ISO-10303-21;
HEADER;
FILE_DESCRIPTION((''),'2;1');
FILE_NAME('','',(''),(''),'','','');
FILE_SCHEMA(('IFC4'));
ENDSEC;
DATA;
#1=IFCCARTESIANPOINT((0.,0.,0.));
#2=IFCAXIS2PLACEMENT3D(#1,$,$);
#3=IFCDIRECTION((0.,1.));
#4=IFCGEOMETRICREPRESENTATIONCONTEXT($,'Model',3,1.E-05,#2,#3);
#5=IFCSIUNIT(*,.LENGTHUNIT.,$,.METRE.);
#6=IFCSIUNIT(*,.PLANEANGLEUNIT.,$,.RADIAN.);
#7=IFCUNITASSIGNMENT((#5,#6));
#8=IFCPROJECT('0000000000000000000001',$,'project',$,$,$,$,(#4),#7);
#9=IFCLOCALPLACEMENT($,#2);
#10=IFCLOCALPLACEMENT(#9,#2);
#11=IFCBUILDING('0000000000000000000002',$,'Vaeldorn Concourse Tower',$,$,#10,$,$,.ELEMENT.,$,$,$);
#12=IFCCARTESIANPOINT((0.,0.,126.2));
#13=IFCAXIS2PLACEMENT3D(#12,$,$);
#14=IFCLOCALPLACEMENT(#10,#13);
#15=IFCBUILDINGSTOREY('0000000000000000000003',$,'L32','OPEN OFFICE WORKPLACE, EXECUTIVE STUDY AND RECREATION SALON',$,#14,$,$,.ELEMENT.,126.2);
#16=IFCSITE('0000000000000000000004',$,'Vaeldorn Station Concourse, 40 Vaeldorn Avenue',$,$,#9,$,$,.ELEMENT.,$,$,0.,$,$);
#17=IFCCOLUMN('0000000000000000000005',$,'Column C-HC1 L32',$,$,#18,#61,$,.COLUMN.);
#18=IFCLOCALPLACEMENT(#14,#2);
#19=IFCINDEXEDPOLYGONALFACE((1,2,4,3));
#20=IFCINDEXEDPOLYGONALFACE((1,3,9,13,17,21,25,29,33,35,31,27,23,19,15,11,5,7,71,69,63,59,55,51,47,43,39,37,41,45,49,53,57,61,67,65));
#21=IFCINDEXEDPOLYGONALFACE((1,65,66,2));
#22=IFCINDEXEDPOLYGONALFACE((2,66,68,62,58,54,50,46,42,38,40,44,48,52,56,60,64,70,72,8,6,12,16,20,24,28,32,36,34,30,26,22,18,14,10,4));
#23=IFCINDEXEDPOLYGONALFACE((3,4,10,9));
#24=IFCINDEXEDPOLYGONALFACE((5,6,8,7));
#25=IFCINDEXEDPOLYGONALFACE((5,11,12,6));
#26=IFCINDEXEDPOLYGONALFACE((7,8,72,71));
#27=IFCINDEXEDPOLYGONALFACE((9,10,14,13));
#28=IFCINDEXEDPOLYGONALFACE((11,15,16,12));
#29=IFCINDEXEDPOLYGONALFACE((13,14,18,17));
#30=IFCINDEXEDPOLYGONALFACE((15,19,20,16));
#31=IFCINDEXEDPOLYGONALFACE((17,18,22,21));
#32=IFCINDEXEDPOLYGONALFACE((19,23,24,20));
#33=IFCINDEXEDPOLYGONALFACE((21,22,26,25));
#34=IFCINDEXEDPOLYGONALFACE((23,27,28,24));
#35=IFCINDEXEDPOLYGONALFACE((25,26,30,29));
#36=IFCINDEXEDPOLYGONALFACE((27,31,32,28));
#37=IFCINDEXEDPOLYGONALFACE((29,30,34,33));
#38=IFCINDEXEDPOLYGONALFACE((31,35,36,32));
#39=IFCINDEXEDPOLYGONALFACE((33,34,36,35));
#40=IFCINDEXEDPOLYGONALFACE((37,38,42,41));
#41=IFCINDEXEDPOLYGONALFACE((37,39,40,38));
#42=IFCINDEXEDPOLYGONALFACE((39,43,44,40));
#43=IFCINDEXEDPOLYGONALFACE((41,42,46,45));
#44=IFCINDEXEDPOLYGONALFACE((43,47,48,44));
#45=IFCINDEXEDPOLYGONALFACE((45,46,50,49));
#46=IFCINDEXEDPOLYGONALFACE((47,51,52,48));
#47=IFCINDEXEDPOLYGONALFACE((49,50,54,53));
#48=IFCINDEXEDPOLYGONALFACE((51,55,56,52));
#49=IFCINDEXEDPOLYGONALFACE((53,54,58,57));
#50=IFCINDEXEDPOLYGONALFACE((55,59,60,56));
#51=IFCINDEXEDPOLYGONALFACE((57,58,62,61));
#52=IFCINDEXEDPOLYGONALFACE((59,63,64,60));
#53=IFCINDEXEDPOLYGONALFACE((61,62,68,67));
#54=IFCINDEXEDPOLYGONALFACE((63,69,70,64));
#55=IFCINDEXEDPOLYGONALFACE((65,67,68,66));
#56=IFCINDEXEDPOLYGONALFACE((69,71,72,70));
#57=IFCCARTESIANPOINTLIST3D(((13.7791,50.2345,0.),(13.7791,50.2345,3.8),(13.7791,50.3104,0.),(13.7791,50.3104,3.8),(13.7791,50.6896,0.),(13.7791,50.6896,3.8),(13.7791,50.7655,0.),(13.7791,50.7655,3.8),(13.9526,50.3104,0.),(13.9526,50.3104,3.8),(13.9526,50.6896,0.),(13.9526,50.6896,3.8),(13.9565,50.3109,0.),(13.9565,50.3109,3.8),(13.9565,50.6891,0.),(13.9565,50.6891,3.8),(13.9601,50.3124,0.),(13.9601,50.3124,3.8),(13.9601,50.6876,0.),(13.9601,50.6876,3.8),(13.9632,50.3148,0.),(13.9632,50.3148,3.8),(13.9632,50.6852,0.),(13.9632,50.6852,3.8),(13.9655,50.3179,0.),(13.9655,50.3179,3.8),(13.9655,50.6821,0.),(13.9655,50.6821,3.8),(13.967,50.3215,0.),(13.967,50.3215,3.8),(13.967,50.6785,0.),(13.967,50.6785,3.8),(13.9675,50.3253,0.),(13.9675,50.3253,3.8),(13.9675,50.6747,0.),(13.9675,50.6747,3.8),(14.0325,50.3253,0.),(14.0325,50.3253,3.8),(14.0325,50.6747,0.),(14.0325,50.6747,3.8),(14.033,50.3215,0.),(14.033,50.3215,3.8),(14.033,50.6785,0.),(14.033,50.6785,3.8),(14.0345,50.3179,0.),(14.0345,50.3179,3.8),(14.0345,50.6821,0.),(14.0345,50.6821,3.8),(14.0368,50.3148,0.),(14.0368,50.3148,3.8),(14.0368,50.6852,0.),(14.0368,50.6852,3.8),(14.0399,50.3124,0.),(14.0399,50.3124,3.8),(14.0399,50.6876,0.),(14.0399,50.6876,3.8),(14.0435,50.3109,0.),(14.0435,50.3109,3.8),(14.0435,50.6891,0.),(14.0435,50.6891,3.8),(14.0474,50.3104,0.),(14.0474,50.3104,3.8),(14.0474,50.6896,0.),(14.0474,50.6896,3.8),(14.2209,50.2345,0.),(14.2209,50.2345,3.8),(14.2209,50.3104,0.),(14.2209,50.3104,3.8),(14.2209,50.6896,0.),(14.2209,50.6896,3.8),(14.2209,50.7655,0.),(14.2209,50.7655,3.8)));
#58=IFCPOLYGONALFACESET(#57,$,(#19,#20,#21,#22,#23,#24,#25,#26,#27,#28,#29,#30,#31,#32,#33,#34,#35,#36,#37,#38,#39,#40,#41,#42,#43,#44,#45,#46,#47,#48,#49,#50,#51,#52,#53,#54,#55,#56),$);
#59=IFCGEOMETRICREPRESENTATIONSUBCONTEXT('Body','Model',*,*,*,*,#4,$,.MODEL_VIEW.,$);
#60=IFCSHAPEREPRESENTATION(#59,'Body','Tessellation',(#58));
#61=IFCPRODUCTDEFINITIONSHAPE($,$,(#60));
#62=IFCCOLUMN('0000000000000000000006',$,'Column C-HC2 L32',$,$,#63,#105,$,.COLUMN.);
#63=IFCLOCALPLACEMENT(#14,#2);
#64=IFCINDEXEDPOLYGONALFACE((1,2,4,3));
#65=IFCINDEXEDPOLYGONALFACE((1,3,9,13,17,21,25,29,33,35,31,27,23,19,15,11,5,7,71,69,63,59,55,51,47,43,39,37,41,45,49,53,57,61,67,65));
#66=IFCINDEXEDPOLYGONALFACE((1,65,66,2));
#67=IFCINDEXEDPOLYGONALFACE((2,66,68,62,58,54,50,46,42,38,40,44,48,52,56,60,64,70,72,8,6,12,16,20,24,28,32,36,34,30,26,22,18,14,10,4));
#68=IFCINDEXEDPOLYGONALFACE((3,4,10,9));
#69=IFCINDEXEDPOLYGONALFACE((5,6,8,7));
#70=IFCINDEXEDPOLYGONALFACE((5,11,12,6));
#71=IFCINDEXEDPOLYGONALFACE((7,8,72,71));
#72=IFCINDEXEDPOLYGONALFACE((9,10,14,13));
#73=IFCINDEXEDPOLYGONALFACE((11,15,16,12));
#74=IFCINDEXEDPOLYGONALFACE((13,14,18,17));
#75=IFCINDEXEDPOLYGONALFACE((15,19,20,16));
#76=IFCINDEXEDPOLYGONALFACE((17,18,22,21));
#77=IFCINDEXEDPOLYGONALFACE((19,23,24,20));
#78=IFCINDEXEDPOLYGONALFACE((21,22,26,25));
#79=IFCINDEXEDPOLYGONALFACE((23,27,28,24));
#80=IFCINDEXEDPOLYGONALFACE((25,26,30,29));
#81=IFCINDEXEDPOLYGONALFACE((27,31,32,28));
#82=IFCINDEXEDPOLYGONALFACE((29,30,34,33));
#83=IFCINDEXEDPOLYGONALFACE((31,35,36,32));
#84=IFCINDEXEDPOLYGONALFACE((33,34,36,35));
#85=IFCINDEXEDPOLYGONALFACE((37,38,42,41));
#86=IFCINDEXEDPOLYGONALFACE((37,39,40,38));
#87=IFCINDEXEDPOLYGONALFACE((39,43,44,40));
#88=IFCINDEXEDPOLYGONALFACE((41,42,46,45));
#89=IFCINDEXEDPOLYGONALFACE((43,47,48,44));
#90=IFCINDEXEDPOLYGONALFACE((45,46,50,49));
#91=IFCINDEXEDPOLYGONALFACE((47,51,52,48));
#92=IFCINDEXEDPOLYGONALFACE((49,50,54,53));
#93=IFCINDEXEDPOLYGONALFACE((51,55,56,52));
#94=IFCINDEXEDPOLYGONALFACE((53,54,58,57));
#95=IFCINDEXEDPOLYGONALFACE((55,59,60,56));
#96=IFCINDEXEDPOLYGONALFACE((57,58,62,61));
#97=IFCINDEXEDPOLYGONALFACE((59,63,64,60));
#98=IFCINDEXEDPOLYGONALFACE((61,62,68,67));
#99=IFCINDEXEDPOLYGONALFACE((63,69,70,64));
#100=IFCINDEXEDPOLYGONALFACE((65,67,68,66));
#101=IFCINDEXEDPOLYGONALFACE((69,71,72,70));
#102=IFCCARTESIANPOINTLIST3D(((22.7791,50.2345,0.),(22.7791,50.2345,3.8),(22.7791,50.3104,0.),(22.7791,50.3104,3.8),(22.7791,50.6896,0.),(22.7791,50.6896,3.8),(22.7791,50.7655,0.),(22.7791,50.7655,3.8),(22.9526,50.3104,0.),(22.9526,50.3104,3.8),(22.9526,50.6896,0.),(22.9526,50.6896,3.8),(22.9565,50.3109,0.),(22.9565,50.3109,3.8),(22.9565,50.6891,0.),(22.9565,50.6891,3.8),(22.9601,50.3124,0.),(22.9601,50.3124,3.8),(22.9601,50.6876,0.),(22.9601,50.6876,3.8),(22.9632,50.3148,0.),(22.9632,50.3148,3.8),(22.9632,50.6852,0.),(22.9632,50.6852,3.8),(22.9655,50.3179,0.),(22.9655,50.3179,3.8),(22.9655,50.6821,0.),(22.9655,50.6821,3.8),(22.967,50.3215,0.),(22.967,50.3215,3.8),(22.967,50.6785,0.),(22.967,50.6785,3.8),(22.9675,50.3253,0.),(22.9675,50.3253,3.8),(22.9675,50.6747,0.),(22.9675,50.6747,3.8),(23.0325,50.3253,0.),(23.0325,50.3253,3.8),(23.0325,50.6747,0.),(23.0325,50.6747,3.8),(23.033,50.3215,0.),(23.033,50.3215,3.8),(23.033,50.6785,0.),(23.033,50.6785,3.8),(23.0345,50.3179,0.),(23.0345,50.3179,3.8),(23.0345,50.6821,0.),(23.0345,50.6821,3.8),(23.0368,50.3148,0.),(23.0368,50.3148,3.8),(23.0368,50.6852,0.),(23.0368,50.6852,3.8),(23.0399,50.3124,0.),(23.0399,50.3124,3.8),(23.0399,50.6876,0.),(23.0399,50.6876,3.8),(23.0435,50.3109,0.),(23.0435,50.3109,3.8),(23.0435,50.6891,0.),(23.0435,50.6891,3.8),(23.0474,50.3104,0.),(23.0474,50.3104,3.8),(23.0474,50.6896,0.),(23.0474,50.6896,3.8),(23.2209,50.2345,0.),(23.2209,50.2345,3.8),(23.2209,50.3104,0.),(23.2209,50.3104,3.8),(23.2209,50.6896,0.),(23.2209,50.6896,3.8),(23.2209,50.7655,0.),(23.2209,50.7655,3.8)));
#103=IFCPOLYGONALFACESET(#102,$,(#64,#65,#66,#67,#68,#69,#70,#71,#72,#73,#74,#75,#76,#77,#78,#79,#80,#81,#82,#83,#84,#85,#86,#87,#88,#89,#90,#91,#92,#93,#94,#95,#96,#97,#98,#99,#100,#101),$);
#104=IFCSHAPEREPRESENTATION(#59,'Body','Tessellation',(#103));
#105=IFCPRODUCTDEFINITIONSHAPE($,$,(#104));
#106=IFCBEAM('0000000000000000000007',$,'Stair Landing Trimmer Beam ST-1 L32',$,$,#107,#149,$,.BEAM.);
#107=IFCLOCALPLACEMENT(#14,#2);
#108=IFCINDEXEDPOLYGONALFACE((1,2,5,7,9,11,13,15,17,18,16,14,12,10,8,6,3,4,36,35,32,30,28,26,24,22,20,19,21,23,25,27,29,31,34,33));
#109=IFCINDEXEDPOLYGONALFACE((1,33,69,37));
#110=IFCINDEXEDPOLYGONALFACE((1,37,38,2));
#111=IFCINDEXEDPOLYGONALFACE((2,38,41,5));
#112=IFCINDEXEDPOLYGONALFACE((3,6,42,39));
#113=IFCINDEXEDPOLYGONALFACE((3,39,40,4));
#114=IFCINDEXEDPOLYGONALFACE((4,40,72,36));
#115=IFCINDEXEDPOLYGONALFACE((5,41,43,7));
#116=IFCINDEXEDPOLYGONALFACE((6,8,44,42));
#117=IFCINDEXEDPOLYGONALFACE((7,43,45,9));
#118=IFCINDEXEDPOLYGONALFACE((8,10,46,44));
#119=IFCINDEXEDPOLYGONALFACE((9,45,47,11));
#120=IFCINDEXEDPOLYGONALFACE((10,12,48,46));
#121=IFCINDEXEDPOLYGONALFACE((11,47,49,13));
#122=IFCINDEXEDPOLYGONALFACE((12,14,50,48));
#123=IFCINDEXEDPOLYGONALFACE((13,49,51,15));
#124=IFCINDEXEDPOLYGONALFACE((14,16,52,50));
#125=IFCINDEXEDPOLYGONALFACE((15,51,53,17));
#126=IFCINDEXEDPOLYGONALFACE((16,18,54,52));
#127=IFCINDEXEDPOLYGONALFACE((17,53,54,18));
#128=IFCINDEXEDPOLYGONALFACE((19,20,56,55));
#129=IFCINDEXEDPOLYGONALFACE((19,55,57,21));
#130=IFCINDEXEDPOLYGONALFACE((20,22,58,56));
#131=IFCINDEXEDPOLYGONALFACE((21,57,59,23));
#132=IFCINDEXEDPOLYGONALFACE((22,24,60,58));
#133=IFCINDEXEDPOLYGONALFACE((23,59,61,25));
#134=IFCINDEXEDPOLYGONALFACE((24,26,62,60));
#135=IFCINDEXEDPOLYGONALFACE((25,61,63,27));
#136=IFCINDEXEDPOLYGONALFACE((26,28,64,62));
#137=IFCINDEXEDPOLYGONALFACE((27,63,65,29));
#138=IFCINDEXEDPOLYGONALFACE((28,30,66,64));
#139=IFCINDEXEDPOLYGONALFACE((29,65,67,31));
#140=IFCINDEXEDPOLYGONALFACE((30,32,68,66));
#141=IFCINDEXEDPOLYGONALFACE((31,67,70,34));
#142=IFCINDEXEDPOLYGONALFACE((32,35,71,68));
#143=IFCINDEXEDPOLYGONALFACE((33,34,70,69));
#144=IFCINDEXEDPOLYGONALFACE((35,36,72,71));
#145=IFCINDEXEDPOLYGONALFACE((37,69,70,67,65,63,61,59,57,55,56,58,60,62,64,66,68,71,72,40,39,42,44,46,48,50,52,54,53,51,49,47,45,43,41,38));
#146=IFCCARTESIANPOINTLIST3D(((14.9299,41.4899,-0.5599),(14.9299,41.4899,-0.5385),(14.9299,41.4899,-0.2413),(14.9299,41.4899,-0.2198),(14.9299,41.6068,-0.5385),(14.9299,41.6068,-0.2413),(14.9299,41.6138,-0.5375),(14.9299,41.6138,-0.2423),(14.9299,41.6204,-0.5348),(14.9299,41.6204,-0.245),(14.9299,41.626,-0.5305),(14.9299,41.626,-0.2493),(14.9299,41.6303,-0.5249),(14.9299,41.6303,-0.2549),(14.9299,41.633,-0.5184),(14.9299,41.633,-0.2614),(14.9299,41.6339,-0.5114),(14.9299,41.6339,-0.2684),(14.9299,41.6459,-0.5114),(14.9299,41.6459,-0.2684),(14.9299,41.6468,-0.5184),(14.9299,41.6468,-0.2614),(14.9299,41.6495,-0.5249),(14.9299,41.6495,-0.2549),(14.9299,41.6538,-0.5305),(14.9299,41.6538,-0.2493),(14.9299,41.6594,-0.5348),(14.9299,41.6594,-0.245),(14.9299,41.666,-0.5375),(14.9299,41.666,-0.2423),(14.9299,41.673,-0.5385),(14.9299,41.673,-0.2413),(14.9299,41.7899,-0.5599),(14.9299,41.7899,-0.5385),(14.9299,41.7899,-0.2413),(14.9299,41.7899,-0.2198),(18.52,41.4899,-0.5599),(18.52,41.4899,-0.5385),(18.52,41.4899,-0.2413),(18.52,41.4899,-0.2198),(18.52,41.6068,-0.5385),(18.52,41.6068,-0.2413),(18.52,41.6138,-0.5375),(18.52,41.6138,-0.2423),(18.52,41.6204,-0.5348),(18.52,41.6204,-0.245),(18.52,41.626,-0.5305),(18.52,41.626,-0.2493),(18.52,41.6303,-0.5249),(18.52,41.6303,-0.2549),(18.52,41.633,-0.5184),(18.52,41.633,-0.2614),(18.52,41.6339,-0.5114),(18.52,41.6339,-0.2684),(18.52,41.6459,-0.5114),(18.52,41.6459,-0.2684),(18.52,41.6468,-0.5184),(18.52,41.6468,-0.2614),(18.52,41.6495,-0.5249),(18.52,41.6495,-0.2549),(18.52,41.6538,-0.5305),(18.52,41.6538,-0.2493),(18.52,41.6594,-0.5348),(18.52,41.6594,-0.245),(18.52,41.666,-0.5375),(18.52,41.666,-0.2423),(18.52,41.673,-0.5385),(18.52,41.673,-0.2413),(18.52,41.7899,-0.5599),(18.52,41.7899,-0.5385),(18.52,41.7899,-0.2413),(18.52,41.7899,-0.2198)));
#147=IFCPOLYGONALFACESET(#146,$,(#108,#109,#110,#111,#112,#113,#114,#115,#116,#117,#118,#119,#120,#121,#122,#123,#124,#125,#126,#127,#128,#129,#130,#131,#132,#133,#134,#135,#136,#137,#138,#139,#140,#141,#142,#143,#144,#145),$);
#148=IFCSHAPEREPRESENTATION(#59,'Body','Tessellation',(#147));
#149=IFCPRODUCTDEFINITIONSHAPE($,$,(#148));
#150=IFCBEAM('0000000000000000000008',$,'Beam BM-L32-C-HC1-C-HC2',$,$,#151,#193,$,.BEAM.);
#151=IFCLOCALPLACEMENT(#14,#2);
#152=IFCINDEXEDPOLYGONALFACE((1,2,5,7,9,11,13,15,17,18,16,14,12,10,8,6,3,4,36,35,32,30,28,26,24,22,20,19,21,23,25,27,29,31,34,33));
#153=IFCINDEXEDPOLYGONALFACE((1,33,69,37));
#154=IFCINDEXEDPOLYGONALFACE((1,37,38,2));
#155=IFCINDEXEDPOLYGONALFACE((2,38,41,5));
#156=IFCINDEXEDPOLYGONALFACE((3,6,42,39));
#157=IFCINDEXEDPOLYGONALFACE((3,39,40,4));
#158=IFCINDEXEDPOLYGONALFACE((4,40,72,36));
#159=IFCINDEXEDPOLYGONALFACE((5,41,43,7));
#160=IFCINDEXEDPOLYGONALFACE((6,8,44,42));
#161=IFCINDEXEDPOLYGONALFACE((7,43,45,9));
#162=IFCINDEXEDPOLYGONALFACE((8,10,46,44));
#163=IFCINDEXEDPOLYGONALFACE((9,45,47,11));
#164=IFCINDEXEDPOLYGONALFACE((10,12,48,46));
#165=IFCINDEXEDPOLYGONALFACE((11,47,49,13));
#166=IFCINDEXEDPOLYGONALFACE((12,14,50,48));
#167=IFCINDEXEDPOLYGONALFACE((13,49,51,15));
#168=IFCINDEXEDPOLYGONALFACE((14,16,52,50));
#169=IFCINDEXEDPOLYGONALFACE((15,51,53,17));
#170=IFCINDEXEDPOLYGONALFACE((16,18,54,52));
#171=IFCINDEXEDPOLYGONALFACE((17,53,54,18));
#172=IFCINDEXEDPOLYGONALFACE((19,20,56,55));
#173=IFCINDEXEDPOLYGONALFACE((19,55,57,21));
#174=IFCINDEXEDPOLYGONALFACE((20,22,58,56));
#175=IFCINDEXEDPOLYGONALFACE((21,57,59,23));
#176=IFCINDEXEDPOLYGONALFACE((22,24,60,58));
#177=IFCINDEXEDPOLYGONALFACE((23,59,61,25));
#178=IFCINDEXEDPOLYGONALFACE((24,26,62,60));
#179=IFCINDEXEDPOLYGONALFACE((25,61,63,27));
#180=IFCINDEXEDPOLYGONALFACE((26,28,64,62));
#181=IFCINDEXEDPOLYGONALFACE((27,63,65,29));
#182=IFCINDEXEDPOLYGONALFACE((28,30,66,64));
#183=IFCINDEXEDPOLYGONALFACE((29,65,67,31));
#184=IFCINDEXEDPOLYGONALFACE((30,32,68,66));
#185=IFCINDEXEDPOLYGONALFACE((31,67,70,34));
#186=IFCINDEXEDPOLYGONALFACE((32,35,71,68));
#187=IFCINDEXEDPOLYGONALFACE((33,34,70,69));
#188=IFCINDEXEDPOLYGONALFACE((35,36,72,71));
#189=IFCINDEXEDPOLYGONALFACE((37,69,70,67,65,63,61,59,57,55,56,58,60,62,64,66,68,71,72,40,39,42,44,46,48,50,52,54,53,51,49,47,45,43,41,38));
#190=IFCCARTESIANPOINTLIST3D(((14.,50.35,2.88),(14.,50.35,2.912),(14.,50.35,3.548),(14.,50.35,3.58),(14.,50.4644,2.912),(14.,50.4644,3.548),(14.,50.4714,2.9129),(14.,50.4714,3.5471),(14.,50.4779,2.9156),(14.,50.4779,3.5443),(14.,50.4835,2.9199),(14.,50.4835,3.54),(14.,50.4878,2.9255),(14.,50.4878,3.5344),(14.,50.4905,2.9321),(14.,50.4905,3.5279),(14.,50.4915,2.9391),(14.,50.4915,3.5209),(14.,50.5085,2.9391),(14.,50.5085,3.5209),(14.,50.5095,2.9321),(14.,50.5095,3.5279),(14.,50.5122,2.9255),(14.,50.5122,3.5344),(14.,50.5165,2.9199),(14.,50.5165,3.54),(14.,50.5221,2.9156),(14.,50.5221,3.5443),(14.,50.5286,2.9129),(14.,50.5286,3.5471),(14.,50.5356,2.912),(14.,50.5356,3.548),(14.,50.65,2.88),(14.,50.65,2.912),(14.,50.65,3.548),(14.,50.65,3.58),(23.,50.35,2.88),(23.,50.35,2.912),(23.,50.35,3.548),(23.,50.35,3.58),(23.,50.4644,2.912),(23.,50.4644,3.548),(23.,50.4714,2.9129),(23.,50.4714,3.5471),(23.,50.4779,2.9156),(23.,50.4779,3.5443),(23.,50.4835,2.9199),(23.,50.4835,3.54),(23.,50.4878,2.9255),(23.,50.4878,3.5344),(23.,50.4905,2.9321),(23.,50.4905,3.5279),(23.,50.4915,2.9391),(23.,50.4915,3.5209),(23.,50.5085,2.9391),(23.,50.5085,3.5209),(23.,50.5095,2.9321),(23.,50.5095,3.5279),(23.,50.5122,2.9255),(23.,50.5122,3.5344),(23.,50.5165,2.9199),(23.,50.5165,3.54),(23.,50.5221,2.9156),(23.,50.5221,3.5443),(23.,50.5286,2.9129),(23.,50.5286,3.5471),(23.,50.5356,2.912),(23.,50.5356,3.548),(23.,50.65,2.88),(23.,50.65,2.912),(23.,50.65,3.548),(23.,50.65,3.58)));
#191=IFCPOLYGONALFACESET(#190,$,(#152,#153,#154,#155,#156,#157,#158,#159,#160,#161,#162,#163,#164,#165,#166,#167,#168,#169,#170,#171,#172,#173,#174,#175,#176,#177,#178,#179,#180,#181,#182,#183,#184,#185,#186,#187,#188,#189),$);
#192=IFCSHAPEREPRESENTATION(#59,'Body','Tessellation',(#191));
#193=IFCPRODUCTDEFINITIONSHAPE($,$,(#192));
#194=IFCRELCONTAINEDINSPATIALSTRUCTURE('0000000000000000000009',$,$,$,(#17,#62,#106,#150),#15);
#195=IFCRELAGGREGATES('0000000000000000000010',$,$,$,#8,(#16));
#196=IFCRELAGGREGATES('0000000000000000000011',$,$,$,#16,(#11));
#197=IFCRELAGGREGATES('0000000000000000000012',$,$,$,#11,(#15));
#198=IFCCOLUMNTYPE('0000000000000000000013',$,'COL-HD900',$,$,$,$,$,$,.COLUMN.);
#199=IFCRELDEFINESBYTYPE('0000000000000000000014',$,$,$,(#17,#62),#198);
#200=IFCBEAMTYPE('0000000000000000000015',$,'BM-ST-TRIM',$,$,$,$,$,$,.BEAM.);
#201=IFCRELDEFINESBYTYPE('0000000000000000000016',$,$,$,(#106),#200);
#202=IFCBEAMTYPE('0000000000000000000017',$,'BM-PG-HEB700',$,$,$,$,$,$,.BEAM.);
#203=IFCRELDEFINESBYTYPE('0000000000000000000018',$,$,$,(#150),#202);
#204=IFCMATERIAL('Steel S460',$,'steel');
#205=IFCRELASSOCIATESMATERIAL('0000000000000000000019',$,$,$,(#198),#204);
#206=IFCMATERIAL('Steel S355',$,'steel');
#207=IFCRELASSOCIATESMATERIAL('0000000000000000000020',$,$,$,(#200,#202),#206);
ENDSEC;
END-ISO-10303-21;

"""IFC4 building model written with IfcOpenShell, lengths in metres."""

from ifc_helpers import new_model, si_unit, direction, frame, origin, origin_2d, place, context, subcontext, project, spatial, i_section, extrude, source, transform, mapped, material, material_profile, profile_set, type_object, element, save


model = new_model("IFC4")

# Units and contexts
model_context = context("Model", 3, precision=1e-05, world=origin(), true_north=direction((0.0, 1.0)))
body_context = subcontext(model_context, "Body", "Model", "MODEL_VIEW")
ifc_project = project(units=[si_unit("LENGTHUNIT", "METRE"), si_unit("PLANEANGLEUNIT", "RADIAN")], contexts=[model_context])

# Site, building, storey
site_placement = place(None, origin())
site = spatial("IfcSite", under=ifc_project, at=site_placement, Name="Vaeldorn Station Concourse, 40 Vaeldorn Avenue", CompositionType="ELEMENT", RefElevation=0.0)
building_placement = place(site_placement, origin())
building = spatial("IfcBuilding", under=site, at=building_placement, Name="Vaeldorn Concourse Tower", CompositionType="ELEMENT")
storey_placement = place(building_placement, frame((0.0, 0.0, 126.2)))
storey = spatial("IfcBuildingStorey", under=building, at=storey_placement, Name="L32", Description="OPEN OFFICE WORKPLACE, EXECUTIVE STUDY AND RECREATION SALON", CompositionType="ELEMENT", Elevation=126.2)

# Columns
ifc_material_1 = material(Name="Steel S460", Category="steel")
ifc_material_profile_1 = material_profile(ifc_material_1, i_section(OverallWidth=0.4419, OverallDepth=0.531, WebThickness=0.0649, FlangeThickness=0.0759, FilletRadius=0.0149, at=origin_2d()), Name="HD 400x900")
ifc_profile_set_1 = profile_set([ifc_material_profile_1], Name="Steel S460")
column_type = type_object("IfcColumnType", Name="COL-HD900", PredefinedType="COLUMN", material=ifc_profile_set_1)
shared_shape_1 = source(origin(), body_context, "Body", "SweptSolid", [
    extrude(i_section(OverallWidth=0.4419, OverallDepth=0.531, WebThickness=0.0649, FlangeThickness=0.0759, FilletRadius=0.0149, at=origin_2d()), origin(), (0.0, 0.0, 1.0), 3.8),
])
for number, where, z_axis, x_axis, name in (
    (1, (14.0, 50.5, 0.0), (0.0, 0.0, 1.0), (1.0, 0.0, 0.0), "Column C-HC1 L32"),
    (2, (23.0, 50.5, 0.0), (0.0, 0.0, 1.0), (1.0, 0.0, 0.0), "Column C-HC2 L32"),
):
    element("IfcColumn", number, at=place(storey_placement, frame(where, z_axis=z_axis, x_axis=x_axis)), inside=storey, type_object=column_type, Name=name, PredefinedType="COLUMN", context=body_context, shape_type="MappedRepresentation", body=[
        mapped(shared_shape_1, transform((0.0, 0.0, 0.0), scale=1.0)),
    ])

# Beams
ifc_material_2 = material(Name="Steel S355", Category="steel")
ifc_material_profile_2 = material_profile(ifc_material_2, i_section(OverallWidth=0.3, OverallDepth=0.3401, WebThickness=0.012, FlangeThickness=0.0215, FilletRadius=0.0271, at=origin_2d()), Name="HEB 340")
ifc_profile_set_2 = profile_set([ifc_material_profile_2], Name="Steel S355")
beam_type_1 = type_object("IfcBeamType", Name="BM-ST-TRIM", PredefinedType="BEAM", material=ifc_profile_set_2)
shared_shape_2 = source(origin(), body_context, "Body", "SweptSolid", [
    extrude(i_section(OverallWidth=0.3, OverallDepth=0.3401, WebThickness=0.012, FlangeThickness=0.0215, FilletRadius=0.0271, at=origin_2d()), origin(), (0.0, 0.0, 1.0), 3.5901),
])
beam_1_placement = place(storey_placement, frame((14.9299, 41.6399, -0.3899), z_axis=(1.0, 0.0, 0.0), x_axis=(0.0, 1.0, 0.0)))
element("IfcBeam", 3, at=beam_1_placement, inside=storey, type_object=beam_type_1, Name="Stair Landing Trimmer Beam ST-1 L32", PredefinedType="BEAM", context=body_context, shape_type="MappedRepresentation", body=[
    mapped(shared_shape_2, transform((0.0, 0.0, 0.0), scale=1.0)),
])
ifc_material_profile_3 = material_profile(ifc_material_2, i_section(OverallWidth=0.3, OverallDepth=0.7, WebThickness=0.0171, FlangeThickness=0.032, FilletRadius=0.0271, at=origin_2d()), Name="HEB 700")
ifc_profile_set_3 = profile_set([ifc_material_profile_3], Name="Steel S355")
beam_type_2 = type_object("IfcBeamType", Name="BM-PG-HEB700", PredefinedType="BEAM", material=ifc_profile_set_3)
shared_shape_3 = source(origin(), body_context, "Body", "SweptSolid", [
    extrude(i_section(OverallWidth=0.3, OverallDepth=0.7, WebThickness=0.0171, FlangeThickness=0.032, FilletRadius=0.0271, at=origin_2d()), origin(), (0.0, 0.0, 1.0), 9.0),
])
beam_2_placement = place(storey_placement, frame((14.0, 50.5, 3.23), z_axis=(1.0, 0.0, 0.0), x_axis=(0.0, 1.0, 0.0)))
element("IfcBeam", 4, at=beam_2_placement, inside=storey, type_object=beam_type_2, Name="Beam BM-L32-C-HC1-C-HC2", PredefinedType="BEAM", context=body_context, shape_type="MappedRepresentation", body=[
    mapped(shared_shape_3, transform((0.0, 0.0, 0.0), scale=1.0)),
])

save(model, "model.ifc")
